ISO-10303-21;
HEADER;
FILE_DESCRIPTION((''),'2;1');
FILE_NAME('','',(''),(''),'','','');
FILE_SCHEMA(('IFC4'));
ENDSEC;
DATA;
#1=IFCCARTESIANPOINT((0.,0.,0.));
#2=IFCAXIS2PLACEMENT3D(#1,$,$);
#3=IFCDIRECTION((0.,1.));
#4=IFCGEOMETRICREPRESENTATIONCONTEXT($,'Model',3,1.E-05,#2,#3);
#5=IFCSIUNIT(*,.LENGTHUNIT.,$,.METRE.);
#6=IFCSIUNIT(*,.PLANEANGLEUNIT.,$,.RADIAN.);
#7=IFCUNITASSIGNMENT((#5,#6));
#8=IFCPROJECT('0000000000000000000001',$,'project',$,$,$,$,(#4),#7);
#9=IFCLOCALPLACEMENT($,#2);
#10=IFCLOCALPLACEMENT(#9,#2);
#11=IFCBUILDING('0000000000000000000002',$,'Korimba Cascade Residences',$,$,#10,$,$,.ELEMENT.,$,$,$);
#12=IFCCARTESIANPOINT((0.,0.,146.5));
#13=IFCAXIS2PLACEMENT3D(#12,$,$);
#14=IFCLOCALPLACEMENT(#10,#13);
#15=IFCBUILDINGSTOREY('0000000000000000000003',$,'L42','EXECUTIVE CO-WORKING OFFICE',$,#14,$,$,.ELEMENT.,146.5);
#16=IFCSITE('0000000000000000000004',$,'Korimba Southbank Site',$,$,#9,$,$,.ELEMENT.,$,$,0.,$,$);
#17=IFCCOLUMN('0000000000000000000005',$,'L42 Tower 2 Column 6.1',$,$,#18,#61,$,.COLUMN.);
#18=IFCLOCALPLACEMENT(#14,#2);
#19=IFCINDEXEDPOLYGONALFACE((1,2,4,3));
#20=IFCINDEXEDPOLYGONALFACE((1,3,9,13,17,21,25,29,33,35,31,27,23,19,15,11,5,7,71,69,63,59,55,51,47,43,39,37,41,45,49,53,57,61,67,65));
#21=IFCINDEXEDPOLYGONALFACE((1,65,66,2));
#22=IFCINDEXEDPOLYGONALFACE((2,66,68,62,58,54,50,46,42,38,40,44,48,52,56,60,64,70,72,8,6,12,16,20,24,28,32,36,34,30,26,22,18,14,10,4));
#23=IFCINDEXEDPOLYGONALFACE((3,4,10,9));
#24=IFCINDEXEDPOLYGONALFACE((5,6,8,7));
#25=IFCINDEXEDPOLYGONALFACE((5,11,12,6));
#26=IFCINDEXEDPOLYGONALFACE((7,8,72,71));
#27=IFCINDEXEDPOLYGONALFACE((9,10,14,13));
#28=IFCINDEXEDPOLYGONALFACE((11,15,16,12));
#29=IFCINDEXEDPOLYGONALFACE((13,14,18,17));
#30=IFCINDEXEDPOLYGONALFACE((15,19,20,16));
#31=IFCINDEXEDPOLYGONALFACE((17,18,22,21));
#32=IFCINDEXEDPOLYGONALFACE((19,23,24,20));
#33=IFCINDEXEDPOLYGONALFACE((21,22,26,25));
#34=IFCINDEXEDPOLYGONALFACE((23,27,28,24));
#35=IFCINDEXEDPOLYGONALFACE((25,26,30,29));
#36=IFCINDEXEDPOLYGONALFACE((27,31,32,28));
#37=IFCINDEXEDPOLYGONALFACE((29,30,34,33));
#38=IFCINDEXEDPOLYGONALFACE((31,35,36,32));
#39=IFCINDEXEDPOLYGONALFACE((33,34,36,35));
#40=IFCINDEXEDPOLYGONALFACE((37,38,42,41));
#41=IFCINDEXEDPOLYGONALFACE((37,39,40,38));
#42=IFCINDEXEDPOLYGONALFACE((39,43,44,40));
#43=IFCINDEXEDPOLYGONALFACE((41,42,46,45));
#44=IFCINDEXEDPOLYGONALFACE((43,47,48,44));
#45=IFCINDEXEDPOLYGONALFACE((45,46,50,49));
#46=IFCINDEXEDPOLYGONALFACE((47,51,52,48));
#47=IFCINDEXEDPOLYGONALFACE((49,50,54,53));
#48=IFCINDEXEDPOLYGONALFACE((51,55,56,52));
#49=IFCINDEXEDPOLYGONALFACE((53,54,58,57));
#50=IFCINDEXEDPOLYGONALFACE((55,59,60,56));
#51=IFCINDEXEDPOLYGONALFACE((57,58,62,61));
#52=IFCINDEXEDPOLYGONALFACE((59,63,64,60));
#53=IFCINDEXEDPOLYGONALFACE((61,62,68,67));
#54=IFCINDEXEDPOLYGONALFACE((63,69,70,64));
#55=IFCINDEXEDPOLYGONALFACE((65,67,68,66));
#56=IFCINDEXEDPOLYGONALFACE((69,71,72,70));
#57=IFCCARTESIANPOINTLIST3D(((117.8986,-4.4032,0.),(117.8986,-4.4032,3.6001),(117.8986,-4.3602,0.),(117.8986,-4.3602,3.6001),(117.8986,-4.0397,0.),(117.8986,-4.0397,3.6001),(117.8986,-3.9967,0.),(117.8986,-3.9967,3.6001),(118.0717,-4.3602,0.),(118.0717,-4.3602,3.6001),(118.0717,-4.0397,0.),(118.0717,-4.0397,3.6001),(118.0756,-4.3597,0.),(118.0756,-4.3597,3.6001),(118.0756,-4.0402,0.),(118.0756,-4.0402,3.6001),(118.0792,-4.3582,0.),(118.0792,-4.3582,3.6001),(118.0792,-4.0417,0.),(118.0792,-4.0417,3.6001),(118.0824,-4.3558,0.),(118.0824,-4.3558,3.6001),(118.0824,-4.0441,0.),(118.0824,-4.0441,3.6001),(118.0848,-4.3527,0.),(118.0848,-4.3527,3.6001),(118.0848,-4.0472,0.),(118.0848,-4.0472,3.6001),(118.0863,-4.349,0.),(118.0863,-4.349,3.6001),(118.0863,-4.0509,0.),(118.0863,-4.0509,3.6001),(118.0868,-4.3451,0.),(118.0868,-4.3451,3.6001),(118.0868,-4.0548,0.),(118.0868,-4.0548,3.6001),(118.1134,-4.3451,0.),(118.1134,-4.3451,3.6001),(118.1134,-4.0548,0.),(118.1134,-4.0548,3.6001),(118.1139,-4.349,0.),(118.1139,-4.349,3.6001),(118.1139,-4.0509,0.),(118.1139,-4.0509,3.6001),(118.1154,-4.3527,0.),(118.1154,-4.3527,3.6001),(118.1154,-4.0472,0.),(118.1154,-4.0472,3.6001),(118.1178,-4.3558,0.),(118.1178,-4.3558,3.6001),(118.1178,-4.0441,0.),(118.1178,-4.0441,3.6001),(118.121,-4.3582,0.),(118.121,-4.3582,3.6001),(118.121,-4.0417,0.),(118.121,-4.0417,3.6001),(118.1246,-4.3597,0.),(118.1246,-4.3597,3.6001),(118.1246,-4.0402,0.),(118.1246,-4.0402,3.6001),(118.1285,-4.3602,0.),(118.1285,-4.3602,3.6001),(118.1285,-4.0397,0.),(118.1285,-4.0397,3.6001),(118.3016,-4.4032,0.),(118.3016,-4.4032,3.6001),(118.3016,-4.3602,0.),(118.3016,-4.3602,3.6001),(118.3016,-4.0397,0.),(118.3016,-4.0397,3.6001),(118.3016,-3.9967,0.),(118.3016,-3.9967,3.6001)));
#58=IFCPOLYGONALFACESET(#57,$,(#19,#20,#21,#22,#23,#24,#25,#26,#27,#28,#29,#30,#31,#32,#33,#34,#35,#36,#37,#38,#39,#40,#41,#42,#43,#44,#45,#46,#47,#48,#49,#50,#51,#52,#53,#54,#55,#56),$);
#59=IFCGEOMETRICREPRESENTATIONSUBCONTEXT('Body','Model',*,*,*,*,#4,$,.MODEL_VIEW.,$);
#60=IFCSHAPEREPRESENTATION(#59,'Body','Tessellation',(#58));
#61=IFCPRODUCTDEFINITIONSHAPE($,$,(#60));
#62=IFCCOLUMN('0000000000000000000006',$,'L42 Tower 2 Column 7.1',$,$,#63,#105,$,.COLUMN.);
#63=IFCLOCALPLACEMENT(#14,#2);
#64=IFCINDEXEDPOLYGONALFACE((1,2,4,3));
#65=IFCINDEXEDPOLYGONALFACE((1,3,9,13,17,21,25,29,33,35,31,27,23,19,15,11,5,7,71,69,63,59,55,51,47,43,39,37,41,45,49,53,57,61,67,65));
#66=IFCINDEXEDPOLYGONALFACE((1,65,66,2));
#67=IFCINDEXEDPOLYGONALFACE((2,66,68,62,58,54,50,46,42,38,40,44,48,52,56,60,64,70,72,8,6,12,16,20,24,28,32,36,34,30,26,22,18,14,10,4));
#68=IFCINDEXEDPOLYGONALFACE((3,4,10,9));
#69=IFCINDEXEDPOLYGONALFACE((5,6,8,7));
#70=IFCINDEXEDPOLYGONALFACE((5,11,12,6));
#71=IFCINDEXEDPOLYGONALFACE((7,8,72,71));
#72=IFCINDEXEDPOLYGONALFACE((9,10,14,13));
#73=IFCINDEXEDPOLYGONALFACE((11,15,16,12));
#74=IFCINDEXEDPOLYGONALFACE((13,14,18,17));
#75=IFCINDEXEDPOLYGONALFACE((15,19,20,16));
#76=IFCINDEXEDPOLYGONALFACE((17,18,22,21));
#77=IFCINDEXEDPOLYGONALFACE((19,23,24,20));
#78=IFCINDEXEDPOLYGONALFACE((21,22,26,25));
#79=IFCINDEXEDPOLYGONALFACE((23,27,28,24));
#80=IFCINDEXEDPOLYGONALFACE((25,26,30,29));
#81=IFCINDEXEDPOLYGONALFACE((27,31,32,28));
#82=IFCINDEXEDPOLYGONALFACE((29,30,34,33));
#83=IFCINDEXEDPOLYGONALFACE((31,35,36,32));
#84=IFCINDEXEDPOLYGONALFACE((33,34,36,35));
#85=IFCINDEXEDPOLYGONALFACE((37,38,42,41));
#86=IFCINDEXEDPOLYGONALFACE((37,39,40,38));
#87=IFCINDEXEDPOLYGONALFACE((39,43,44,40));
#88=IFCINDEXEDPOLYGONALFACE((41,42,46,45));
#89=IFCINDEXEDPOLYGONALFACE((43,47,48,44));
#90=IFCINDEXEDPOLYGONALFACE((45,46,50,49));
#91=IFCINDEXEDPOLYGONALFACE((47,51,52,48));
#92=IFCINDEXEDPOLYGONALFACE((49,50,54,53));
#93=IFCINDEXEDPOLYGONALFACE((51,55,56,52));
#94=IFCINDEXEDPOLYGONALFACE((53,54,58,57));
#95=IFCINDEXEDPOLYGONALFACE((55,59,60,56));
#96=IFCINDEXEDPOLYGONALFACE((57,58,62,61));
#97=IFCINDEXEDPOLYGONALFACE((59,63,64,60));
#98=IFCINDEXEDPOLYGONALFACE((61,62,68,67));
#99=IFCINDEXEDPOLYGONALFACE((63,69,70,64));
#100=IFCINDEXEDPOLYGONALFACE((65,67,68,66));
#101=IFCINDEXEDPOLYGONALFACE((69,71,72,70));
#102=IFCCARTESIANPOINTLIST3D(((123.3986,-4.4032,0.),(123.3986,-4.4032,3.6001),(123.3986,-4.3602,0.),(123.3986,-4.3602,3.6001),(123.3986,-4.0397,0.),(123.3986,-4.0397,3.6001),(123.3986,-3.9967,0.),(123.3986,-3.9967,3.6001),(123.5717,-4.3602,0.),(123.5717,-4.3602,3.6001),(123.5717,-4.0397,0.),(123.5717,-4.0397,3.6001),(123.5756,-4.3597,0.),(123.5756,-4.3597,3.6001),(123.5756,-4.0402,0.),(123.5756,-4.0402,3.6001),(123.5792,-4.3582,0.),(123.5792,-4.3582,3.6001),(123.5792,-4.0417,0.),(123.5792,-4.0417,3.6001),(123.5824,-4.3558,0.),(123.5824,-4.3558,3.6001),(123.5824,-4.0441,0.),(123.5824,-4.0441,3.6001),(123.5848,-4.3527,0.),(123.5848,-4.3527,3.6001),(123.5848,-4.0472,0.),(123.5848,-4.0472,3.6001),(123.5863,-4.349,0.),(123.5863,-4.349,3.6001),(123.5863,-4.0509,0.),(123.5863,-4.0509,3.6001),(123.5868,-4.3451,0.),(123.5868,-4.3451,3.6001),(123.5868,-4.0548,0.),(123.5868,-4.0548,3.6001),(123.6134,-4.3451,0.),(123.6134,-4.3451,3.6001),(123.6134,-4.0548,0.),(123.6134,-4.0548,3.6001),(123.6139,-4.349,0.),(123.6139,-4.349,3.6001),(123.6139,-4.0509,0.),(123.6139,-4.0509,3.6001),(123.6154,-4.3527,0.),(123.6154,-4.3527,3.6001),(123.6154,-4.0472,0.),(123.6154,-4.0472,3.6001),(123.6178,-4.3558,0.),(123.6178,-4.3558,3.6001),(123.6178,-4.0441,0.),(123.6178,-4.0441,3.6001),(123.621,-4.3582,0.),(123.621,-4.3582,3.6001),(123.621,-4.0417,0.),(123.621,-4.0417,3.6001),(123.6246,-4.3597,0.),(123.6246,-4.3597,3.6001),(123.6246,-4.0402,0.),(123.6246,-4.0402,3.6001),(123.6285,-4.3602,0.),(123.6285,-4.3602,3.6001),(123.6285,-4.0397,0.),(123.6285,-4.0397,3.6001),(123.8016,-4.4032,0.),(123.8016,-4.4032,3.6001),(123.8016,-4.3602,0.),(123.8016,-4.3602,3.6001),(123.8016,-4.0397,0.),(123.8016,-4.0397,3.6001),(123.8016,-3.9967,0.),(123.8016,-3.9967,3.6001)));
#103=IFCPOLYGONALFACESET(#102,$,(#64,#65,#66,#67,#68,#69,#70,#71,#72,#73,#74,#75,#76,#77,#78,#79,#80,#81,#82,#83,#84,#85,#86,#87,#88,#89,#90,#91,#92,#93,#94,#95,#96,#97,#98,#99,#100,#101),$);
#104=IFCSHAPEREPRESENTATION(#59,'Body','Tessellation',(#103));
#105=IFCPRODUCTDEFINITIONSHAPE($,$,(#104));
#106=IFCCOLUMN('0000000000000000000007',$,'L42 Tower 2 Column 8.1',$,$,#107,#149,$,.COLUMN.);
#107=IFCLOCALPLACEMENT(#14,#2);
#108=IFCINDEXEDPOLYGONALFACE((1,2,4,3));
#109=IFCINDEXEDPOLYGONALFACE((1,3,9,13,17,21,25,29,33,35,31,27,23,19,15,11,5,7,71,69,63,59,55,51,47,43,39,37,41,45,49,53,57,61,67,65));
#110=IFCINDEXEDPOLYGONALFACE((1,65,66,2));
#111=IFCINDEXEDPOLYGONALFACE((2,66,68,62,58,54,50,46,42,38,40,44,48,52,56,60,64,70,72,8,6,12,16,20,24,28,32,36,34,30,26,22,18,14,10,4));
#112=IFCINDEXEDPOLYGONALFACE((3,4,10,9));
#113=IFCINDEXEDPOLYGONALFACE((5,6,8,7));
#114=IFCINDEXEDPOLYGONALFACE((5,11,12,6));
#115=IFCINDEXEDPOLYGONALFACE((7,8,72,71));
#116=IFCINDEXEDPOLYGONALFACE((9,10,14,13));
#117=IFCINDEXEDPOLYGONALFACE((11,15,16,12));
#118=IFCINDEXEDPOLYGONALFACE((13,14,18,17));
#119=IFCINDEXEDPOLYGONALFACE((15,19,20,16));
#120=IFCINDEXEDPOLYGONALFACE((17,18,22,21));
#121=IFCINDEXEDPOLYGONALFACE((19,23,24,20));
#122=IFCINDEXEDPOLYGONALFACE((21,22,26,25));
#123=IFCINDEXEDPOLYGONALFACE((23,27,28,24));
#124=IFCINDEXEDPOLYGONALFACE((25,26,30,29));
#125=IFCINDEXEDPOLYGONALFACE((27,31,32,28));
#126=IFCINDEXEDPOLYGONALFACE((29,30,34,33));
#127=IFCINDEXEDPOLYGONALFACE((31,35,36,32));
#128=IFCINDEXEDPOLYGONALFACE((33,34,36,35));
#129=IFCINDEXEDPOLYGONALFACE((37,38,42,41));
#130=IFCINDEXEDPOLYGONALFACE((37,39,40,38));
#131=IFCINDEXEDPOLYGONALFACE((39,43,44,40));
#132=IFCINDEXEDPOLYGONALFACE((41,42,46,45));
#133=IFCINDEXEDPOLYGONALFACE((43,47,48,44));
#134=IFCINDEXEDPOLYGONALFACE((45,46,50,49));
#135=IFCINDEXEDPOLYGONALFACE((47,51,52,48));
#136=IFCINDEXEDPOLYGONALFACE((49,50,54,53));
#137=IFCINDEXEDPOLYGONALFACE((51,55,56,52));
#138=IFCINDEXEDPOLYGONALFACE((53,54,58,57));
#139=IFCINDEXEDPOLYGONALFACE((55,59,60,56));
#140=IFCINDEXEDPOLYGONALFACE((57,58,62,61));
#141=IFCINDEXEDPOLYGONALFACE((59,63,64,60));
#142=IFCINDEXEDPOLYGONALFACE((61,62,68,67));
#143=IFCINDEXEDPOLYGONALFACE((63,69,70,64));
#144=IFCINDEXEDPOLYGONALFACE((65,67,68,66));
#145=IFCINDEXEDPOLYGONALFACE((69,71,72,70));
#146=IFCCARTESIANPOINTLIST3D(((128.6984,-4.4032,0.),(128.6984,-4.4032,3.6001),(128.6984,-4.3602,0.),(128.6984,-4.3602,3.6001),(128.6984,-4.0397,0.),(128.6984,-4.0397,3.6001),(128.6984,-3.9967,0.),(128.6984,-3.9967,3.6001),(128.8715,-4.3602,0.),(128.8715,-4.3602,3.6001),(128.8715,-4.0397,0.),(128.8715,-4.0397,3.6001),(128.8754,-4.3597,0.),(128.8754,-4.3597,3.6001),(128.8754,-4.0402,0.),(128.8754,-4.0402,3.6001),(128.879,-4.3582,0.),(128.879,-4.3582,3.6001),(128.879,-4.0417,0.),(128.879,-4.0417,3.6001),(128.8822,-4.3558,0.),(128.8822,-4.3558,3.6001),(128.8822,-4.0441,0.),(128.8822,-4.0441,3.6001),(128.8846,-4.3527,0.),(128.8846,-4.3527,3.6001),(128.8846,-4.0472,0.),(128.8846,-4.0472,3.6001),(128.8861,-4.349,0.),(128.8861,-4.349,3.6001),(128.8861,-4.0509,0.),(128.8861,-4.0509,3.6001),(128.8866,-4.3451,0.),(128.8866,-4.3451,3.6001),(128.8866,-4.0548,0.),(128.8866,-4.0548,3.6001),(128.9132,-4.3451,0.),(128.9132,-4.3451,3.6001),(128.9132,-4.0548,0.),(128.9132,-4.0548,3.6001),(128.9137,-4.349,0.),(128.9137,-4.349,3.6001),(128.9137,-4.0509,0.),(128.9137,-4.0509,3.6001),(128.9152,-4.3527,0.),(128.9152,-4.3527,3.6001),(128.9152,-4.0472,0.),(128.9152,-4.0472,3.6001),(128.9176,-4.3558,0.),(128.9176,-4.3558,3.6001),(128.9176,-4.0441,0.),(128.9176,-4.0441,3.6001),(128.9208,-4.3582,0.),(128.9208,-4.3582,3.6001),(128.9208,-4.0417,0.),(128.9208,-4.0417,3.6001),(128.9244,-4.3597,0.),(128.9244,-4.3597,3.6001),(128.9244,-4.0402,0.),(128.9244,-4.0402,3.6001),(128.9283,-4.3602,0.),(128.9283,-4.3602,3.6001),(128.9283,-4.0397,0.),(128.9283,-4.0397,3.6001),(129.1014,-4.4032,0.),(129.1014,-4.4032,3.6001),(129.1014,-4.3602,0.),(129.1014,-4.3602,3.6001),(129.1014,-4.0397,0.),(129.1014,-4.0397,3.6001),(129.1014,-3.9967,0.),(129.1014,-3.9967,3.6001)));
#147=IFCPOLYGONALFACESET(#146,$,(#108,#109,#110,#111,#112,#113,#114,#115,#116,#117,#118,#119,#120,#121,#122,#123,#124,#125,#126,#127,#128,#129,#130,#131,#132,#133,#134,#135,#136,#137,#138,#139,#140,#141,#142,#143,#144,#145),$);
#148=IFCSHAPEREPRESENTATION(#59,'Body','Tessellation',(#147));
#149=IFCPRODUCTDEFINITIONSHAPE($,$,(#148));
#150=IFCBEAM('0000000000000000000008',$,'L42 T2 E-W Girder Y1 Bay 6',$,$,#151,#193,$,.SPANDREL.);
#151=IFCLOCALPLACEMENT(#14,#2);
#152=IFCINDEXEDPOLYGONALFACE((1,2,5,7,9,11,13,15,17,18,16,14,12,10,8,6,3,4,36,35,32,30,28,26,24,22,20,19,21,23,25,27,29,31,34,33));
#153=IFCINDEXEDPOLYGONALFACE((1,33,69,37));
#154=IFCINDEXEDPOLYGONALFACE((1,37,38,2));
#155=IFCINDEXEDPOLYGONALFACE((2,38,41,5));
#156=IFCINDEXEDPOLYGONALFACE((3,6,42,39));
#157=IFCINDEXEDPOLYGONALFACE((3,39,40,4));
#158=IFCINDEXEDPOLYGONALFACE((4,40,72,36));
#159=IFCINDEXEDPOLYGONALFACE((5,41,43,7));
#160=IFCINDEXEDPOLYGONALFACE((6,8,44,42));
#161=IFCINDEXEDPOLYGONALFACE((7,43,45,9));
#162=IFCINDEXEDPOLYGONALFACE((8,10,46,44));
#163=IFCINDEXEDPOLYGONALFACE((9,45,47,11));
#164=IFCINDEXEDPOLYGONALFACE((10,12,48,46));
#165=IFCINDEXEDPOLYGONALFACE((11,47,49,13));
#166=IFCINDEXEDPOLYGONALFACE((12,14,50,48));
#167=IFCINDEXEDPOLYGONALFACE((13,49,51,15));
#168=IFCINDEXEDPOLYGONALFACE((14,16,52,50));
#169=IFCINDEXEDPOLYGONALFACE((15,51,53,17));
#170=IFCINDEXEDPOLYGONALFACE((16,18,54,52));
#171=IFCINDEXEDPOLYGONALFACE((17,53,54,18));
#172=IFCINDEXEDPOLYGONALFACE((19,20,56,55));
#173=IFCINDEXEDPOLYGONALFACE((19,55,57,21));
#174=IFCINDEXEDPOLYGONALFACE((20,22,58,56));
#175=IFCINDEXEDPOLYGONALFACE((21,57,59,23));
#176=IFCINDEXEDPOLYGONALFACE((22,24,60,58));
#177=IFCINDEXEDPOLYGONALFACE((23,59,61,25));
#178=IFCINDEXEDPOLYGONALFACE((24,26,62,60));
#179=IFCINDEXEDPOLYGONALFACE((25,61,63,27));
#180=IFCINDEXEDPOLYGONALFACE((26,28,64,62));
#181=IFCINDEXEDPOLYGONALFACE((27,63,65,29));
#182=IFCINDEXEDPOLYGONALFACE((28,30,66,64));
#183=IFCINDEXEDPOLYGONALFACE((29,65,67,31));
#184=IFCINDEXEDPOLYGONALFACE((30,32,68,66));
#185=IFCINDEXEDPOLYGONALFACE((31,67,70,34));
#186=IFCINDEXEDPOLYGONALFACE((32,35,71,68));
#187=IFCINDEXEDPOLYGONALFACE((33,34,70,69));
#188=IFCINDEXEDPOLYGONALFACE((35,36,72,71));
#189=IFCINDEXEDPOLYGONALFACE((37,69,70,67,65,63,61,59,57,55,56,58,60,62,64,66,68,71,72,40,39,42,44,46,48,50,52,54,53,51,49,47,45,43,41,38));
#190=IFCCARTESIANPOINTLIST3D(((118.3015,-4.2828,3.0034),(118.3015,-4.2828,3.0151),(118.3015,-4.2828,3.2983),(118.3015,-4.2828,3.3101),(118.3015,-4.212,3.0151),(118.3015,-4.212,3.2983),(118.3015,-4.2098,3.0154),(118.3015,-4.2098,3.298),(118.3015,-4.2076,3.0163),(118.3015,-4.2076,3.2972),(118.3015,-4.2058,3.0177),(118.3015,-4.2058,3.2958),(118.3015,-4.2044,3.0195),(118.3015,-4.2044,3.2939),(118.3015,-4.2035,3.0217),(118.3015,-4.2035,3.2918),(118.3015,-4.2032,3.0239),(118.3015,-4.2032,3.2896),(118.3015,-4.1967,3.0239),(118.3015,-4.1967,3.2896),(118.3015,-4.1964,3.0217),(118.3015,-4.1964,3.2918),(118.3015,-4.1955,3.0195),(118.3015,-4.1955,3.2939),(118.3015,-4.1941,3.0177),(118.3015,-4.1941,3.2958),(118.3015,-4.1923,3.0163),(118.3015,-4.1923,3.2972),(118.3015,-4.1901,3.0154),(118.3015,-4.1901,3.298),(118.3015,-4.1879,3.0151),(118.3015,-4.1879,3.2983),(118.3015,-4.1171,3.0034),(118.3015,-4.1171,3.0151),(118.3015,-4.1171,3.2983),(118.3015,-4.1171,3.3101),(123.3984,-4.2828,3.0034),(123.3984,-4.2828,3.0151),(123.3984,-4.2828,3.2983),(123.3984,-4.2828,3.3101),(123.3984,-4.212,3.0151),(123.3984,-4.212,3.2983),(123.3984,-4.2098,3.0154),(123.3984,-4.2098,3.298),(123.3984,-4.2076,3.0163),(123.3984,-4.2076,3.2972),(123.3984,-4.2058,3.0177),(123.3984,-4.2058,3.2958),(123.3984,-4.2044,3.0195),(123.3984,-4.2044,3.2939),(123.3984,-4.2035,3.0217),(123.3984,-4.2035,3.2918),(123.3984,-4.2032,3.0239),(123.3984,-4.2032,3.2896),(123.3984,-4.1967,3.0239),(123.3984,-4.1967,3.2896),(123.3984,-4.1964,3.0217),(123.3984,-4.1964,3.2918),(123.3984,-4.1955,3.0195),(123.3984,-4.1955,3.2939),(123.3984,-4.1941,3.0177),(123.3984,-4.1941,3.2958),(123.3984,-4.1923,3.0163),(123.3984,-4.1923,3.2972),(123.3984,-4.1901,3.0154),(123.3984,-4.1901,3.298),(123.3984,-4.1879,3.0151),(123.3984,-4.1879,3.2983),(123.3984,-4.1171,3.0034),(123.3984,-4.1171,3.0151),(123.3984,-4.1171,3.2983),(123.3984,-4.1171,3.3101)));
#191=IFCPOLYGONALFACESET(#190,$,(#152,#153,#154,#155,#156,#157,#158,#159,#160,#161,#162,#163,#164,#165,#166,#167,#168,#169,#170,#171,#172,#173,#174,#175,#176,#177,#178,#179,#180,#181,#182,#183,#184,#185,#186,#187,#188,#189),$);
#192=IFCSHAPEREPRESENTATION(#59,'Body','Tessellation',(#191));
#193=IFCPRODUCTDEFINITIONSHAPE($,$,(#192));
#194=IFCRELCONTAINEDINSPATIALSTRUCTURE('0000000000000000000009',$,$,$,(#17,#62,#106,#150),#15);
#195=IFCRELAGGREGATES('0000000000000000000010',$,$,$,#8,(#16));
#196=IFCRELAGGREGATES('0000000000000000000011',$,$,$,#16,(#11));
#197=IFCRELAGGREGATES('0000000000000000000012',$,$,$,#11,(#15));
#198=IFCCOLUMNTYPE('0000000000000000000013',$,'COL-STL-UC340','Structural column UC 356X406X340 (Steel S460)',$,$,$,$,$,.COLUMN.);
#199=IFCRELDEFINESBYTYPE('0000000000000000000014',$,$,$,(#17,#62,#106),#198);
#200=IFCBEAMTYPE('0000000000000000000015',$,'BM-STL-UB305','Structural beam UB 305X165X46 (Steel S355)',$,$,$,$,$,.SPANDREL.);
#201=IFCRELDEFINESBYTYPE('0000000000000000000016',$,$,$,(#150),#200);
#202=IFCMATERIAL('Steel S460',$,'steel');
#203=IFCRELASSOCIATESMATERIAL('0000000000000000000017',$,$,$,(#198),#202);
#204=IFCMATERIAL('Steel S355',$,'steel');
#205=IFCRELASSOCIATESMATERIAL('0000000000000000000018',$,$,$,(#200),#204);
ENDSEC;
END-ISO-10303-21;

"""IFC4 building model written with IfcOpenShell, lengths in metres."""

from ifc_helpers import new_model, si_unit, direction, frame, origin, origin_2d, place, context, subcontext, project, spatial, i_section, extrude, material, material_profile, profile_set, type_object, element, save


model = new_model("IFC4")

# Units and contexts
model_context = context("Model", 3, precision=1e-05, world=origin(), true_north=direction((0.0, 1.0)))
body_context = subcontext(model_context, "Body", "Model", "MODEL_VIEW")
ifc_project = project(units=[si_unit("LENGTHUNIT", "METRE"), si_unit("PLANEANGLEUNIT", "RADIAN")], contexts=[model_context])

# Site, building, storey
site_placement = place(None, origin())
site = spatial("IfcSite", under=ifc_project, at=site_placement, Name="Korimba Southbank Site", CompositionType="ELEMENT", RefElevation=0.0)
building_placement = place(site_placement, origin())
building = spatial("IfcBuilding", under=site, at=building_placement, Name="Korimba Cascade Residences", CompositionType="ELEMENT")
storey_placement = place(building_placement, frame((0.0, 0.0, 146.5)))
storey = spatial("IfcBuildingStorey", under=building, at=storey_placement, Name="L42", Description="EXECUTIVE CO-WORKING OFFICE", CompositionType="ELEMENT", Elevation=146.5)

# Columns
ifc_material_1 = material(Name="Steel S460", Category="steel")
ifc_material_profile_1 = material_profile(ifc_material_1, i_section(OverallWidth=0.4031, OverallDepth=0.4065, WebThickness=0.0266, FlangeThickness=0.043, FilletRadius=0.0151, at=origin_2d()), Name="Steel S460")
ifc_profile_set_1 = profile_set([ifc_material_profile_1], Name="Steel S460")
column_type = type_object("IfcColumnType", Name="COL-STL-UC340", Description="Structural column UC 356X406X340 (Steel S460)", PredefinedType="COLUMN", material=ifc_profile_set_1)
for number, where, z_axis, x_axis, name in (
    (1, (118.1001, -4.2, 0.0), (0.0, 0.0, 1.0), (1.0, 0.0, 0.0), "L42 Tower 2 Column 6.1"),
    (2, (123.6001, -4.2, 0.0), (0.0, 0.0, 1.0), (1.0, 0.0, 0.0), "L42 Tower 2 Column 7.1"),
    (3, (128.8999, -4.2, 0.0), (0.0, 0.0, 1.0), (1.0, 0.0, 0.0), "L42 Tower 2 Column 8.1"),
):
    element("IfcColumn", number, at=place(storey_placement, frame(where, z_axis=z_axis, x_axis=x_axis)), inside=storey, type_object=column_type, Name=name, PredefinedType="COLUMN", context=body_context, shape_type="SweptSolid", body=[
        extrude(i_section(OverallWidth=0.4031, OverallDepth=0.4065, WebThickness=0.0266, FlangeThickness=0.043, FilletRadius=0.0151, at=origin_2d()), origin(), (0.0, 0.0, 1.0), 3.6001),
    ])

# Beam
ifc_material_2 = material(Name="Steel S355", Category="steel")
ifc_material_profile_2 = material_profile(ifc_material_2, i_section(OverallWidth=0.1658, OverallDepth=0.3066, WebThickness=0.0066, FlangeThickness=0.0117, FilletRadius=0.0088, at=origin_2d()), Name="Steel S355")
ifc_profile_set_2 = profile_set([ifc_material_profile_2], Name="Steel S355")
beam_type_1 = type_object("IfcBeamType", Name="BM-STL-UB305", Description="Structural beam UB 305X165X46 (Steel S355)", PredefinedType="SPANDREL", material=ifc_profile_set_2)
beam_1_placement = place(storey_placement, frame((118.3015, -4.2, 3.1567), z_axis=(1.0, 0.0, 0.0), x_axis=(0.0, 1.0, 0.0)))
element("IfcBeam", 4, at=beam_1_placement, inside=storey, type_object=beam_type_1, Name="L42 T2 E-W Girder Y1 Bay 6", PredefinedType="SPANDREL", context=body_context, shape_type="SweptSolid", body=[
    extrude(i_section(OverallWidth=0.1658, OverallDepth=0.3066, WebThickness=0.0066, FlangeThickness=0.0117, FilletRadius=0.0088, at=origin_2d()), origin(), (0.0, 0.0, 1.0), 5.0969),
])

save(model, "model.ifc")
